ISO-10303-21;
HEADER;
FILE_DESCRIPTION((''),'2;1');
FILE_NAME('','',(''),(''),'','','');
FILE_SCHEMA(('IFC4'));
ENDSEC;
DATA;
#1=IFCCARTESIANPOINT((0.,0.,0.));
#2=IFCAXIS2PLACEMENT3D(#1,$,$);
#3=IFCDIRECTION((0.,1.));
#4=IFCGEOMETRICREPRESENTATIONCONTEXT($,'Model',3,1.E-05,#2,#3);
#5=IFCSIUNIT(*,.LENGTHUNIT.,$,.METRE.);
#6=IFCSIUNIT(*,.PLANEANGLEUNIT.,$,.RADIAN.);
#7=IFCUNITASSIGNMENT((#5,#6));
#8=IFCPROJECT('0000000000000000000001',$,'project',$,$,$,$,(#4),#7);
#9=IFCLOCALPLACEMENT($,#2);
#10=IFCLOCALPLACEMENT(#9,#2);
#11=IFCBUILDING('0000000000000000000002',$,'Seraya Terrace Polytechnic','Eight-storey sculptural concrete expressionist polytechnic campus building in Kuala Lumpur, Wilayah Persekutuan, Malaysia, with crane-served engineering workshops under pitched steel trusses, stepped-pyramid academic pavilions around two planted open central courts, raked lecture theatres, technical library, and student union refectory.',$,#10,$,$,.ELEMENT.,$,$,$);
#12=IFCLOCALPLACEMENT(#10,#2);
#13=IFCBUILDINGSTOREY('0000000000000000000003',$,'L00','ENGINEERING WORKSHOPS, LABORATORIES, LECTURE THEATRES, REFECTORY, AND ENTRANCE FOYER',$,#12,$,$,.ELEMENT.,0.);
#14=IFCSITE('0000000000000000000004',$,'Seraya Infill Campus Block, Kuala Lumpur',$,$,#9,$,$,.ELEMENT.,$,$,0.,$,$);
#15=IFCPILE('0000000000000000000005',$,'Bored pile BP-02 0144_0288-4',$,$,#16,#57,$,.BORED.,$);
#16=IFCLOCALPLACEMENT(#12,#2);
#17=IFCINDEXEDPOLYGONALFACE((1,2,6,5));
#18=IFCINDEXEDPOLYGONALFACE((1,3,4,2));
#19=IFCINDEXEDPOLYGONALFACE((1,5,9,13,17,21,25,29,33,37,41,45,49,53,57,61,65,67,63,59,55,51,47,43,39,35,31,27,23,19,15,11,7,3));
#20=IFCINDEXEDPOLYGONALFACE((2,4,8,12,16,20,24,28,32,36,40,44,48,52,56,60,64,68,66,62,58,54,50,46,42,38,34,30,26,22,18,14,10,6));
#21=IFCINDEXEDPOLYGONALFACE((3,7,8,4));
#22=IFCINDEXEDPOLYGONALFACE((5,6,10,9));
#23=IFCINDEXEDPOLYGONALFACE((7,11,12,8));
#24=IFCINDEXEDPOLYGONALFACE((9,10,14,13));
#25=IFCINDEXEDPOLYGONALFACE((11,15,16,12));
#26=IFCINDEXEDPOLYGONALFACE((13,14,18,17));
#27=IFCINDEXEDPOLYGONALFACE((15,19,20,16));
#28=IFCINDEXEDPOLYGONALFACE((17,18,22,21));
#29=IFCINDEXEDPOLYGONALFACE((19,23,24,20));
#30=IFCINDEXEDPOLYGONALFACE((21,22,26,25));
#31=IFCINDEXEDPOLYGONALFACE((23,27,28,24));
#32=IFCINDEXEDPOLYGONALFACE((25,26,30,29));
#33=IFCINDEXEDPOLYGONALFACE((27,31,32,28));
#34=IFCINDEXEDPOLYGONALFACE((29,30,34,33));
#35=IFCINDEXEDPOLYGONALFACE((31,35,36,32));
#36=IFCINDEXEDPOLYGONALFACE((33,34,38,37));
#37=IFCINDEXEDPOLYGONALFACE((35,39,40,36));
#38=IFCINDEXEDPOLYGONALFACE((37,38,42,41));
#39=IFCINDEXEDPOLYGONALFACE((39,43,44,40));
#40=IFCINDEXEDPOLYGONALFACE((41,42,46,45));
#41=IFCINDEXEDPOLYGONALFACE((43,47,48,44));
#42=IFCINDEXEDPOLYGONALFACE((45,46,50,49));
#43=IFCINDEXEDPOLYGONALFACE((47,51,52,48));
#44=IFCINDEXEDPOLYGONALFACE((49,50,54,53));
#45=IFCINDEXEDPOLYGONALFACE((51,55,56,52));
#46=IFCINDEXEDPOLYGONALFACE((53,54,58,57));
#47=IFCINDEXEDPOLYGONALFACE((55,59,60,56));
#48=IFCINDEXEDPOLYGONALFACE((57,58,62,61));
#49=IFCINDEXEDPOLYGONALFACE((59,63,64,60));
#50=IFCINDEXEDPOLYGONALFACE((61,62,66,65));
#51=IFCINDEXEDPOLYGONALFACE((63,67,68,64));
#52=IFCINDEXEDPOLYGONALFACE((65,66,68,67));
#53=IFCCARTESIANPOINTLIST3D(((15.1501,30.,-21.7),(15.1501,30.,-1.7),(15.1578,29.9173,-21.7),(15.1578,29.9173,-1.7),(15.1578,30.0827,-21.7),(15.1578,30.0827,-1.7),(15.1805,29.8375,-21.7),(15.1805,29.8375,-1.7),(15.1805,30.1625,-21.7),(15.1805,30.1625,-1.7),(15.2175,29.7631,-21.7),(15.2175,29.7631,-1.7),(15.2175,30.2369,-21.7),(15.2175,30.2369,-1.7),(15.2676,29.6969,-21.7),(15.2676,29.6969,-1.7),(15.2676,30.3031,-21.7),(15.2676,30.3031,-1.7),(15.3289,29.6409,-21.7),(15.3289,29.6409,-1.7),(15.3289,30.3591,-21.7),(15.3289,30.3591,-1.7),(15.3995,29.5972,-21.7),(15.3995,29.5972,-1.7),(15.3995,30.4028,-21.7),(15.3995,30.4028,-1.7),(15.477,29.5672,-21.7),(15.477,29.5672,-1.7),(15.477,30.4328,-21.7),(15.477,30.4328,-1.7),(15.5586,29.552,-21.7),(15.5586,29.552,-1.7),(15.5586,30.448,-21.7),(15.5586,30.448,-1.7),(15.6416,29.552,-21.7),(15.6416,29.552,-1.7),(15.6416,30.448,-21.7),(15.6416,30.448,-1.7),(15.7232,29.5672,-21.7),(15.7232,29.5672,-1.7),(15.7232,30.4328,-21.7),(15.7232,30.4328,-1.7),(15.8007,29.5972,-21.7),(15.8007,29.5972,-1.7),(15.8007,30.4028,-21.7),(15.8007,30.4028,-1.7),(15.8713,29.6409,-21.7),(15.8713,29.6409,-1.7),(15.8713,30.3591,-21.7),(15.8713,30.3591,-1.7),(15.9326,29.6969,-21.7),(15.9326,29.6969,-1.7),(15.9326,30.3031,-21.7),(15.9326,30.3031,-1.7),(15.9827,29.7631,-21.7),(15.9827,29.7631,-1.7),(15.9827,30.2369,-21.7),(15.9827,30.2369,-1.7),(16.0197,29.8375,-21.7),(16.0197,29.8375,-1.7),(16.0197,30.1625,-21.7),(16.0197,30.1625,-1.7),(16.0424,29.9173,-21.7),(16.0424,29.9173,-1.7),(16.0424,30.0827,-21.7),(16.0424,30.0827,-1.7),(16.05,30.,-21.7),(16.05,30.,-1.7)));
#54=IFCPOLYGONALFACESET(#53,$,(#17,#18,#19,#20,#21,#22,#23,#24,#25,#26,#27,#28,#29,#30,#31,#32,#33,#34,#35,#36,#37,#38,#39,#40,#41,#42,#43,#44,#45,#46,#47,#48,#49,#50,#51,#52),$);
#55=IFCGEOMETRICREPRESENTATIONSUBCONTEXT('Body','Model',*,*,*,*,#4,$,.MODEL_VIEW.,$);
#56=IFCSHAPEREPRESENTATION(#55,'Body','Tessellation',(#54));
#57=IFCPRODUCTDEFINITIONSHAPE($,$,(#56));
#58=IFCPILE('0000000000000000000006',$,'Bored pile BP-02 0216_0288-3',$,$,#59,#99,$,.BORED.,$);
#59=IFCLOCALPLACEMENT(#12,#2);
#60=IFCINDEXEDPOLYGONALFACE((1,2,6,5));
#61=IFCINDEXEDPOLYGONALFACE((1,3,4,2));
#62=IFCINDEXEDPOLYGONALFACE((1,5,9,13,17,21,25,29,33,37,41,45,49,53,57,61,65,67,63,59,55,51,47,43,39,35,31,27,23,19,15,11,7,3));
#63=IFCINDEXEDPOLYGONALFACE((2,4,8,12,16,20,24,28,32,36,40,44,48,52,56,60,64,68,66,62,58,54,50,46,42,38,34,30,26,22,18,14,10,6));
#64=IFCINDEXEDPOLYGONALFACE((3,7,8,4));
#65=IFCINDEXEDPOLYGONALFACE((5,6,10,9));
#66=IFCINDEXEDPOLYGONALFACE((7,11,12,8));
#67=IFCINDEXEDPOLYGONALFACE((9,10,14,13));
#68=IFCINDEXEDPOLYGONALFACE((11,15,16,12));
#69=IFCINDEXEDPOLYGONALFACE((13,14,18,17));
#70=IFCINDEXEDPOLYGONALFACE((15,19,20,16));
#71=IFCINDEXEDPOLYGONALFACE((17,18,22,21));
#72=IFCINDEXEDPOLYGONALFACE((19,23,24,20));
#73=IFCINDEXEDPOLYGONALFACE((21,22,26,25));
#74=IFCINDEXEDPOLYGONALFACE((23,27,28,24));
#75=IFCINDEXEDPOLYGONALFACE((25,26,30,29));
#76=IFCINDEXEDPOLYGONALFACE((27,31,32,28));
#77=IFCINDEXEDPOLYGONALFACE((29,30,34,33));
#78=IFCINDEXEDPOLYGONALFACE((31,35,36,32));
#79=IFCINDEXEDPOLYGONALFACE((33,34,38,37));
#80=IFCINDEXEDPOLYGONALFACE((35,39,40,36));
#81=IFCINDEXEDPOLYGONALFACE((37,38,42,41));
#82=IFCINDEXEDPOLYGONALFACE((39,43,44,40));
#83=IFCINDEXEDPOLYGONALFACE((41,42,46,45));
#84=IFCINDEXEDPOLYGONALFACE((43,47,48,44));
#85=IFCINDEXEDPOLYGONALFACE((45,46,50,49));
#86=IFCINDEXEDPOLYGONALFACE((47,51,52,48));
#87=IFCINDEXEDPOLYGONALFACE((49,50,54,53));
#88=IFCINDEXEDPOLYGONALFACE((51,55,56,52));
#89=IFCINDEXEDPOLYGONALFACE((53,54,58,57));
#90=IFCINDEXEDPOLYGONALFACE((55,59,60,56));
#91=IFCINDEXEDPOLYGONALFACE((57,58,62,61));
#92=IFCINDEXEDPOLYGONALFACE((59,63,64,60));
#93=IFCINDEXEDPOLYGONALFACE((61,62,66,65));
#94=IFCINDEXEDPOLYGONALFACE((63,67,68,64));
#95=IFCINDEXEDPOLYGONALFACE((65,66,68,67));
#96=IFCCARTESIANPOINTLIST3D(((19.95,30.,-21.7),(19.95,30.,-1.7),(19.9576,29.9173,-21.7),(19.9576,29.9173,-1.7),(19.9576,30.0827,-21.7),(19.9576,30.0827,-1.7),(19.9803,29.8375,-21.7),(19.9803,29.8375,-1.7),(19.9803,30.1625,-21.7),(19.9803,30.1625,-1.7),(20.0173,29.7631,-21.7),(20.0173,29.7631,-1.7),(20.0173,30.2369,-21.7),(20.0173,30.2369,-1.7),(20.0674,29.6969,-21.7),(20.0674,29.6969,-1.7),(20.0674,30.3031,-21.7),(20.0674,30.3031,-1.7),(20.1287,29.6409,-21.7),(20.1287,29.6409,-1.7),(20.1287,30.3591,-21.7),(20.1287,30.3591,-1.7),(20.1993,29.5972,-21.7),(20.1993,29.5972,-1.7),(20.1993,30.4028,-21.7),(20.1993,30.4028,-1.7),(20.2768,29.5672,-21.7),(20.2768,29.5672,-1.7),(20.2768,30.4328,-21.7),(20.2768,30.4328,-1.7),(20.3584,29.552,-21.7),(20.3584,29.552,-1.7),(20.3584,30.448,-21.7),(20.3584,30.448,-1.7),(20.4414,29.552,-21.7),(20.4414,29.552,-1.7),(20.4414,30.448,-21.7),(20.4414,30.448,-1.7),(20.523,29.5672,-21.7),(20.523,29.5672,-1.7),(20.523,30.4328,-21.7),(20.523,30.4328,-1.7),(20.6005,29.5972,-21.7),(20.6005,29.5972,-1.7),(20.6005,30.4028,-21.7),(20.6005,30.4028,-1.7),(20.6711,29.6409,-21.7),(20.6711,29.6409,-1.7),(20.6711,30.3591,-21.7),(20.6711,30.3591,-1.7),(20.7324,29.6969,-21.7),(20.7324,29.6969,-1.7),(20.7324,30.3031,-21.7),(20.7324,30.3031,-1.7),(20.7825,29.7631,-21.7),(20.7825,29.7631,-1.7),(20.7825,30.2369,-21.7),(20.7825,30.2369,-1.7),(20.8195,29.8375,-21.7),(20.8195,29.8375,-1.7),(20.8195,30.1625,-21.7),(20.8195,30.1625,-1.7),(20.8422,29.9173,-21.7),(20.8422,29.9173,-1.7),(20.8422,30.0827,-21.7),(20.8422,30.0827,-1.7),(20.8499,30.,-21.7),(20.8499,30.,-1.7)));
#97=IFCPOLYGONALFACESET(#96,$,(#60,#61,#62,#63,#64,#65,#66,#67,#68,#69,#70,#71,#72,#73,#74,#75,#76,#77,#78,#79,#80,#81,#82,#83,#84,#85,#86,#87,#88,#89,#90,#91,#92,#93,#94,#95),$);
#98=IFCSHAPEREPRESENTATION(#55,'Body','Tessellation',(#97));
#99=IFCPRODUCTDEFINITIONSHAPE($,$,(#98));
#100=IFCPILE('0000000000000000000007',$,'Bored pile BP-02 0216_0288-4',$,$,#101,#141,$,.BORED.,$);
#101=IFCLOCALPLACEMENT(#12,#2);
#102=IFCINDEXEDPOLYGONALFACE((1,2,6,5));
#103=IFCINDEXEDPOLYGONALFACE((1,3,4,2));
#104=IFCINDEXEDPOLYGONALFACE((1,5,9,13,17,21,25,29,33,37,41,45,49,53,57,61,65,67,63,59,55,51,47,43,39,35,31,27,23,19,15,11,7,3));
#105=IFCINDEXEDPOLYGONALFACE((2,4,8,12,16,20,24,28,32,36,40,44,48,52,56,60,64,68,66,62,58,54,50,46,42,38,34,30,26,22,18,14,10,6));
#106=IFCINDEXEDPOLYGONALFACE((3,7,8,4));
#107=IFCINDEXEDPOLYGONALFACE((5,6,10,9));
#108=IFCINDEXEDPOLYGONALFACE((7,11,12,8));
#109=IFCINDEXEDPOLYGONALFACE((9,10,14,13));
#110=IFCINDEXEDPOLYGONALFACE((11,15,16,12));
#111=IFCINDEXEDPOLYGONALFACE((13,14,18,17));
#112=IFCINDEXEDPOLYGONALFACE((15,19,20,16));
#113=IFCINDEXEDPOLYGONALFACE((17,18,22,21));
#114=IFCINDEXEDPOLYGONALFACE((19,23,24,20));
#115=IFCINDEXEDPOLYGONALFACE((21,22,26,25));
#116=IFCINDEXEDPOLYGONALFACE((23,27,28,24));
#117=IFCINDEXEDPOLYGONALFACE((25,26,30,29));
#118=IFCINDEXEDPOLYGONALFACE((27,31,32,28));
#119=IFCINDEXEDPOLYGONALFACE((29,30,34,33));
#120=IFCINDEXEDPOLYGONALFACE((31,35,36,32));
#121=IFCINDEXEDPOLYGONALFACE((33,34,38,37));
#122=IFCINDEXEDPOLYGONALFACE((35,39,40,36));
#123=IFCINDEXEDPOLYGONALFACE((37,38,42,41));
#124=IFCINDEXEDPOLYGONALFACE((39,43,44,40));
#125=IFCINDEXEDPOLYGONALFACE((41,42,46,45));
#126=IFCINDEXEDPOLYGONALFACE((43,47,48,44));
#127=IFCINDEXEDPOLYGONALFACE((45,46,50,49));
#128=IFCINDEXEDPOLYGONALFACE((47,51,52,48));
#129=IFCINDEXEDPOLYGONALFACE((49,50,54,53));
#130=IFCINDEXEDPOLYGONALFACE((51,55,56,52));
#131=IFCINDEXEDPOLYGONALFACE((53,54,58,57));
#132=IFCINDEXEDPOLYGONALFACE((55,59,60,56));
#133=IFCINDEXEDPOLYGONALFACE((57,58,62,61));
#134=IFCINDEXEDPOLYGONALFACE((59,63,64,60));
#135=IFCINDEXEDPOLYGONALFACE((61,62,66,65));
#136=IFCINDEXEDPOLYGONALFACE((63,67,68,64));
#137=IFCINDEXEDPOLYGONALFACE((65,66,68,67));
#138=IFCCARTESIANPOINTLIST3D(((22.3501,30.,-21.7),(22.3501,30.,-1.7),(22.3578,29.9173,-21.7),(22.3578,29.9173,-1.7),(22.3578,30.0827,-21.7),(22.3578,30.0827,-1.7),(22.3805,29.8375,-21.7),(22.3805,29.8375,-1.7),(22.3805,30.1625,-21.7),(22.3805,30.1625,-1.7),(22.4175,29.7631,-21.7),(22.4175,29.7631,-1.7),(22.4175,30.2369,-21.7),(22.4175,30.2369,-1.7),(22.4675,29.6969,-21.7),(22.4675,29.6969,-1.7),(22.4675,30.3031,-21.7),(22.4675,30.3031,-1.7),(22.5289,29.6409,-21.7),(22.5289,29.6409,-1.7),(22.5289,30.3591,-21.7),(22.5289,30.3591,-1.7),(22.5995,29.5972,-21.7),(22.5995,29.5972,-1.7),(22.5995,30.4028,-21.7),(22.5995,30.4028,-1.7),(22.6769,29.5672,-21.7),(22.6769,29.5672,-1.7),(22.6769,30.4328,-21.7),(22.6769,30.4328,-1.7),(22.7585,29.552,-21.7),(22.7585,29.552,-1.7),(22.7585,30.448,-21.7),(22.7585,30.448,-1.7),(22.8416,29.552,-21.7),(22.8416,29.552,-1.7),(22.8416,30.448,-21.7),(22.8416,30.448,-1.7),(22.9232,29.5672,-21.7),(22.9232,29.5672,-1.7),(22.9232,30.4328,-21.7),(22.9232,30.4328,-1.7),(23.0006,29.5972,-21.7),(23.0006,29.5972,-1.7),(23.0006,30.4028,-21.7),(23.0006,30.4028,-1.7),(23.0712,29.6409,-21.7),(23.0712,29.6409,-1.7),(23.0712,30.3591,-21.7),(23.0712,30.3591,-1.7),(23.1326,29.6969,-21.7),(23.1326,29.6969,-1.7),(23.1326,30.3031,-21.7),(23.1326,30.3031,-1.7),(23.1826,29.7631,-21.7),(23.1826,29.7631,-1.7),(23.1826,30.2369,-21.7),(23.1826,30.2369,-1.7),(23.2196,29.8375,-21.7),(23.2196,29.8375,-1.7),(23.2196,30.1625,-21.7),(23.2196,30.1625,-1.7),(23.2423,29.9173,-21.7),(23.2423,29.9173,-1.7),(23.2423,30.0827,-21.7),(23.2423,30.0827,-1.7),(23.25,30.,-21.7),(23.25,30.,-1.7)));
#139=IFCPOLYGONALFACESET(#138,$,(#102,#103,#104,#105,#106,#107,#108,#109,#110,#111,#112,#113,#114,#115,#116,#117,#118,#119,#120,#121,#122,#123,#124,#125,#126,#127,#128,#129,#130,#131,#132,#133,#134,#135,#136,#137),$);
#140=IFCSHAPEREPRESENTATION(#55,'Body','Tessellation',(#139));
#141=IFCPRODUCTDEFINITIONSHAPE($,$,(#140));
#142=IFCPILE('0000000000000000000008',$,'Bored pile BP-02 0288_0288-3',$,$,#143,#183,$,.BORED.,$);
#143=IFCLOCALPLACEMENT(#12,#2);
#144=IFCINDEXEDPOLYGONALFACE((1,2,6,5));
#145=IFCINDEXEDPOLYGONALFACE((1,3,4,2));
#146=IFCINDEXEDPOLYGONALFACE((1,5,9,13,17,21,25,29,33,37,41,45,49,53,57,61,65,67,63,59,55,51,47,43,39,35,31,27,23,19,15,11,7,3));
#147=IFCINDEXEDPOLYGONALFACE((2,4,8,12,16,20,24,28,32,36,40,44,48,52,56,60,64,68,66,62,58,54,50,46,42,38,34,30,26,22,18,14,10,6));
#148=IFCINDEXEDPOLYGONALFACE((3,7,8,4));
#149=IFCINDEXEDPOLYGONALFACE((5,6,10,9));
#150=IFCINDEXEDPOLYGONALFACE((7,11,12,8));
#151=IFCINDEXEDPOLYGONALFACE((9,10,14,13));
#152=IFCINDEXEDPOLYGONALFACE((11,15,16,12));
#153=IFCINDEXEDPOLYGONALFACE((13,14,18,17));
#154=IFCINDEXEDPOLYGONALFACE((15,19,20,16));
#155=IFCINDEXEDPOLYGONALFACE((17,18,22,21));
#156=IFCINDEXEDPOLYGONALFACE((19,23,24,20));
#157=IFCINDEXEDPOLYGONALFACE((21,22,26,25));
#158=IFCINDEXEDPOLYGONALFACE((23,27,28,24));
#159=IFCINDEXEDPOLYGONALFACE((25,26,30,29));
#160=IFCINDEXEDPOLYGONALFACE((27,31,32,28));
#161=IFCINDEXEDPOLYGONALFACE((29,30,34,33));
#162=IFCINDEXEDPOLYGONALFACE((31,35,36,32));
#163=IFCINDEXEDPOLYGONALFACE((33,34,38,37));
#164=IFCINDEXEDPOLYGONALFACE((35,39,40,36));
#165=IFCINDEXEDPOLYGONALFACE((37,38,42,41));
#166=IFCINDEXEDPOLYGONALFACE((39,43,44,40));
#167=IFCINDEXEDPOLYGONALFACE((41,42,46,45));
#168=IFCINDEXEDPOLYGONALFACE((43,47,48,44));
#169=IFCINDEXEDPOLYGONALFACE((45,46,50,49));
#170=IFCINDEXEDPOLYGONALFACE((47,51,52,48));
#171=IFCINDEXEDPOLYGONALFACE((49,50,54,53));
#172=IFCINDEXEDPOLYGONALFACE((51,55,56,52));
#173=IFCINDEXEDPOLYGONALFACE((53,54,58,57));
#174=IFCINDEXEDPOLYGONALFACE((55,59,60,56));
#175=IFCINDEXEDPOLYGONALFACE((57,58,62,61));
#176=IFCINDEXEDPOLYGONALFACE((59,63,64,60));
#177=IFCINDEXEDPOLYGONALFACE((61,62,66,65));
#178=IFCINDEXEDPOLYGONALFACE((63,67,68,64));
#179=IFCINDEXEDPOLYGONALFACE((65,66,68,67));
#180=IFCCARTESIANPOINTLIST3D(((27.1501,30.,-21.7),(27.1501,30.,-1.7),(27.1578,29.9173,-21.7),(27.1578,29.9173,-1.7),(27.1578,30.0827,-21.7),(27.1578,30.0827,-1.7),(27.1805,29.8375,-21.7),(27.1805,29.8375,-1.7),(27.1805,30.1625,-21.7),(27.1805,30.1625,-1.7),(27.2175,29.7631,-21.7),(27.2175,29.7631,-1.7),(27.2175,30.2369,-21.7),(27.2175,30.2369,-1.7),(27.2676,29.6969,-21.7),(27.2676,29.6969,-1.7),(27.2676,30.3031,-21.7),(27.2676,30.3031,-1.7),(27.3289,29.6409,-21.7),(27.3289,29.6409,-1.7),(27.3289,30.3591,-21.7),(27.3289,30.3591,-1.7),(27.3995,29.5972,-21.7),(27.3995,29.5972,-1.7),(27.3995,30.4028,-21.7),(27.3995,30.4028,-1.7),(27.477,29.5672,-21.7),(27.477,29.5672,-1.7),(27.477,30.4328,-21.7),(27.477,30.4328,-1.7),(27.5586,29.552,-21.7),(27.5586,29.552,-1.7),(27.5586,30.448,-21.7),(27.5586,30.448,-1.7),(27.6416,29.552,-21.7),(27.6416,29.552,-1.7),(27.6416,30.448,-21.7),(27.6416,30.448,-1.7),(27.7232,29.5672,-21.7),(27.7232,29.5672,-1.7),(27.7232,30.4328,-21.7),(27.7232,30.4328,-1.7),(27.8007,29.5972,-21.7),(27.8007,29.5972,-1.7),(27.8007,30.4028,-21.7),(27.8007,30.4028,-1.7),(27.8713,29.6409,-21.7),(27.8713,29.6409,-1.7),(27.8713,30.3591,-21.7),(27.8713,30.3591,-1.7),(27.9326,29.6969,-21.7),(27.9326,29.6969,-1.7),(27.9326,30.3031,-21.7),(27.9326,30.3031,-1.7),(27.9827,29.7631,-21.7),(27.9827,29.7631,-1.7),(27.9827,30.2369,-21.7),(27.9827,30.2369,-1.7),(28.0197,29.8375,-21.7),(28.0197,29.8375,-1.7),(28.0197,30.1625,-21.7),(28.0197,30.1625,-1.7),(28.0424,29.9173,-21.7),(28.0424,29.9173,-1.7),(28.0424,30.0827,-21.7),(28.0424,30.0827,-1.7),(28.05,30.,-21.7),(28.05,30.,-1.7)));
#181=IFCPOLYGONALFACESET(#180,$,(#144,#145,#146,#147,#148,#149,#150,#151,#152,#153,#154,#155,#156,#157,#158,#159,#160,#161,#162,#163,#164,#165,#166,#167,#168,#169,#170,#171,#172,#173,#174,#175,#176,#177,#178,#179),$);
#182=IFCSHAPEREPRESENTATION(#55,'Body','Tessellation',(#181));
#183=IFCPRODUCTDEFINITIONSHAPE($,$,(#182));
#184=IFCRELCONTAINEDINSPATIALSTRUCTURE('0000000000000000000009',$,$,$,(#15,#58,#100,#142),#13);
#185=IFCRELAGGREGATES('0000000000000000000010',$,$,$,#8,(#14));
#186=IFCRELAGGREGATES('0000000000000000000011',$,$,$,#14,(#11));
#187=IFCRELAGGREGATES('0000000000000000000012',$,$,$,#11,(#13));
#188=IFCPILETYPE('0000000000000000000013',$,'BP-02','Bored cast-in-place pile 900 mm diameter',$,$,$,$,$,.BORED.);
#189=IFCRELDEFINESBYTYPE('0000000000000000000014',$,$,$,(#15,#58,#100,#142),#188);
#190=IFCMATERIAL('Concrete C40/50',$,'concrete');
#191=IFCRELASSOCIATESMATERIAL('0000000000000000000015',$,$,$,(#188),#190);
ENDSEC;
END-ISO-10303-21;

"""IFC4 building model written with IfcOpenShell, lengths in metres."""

from ifc_helpers import new_model, si_unit, direction, frame, origin, origin_2d, place, context, subcontext, project, spatial, circle, extrude, material, material_profile, profile_set, type_object, element, save


model = new_model("IFC4")

# Units and contexts
model_context = context("Model", 3, precision=1e-05, world=origin(), true_north=direction((0.0, 1.0)))
body_context = subcontext(model_context, "Body", "Model", "MODEL_VIEW")
ifc_project = project(units=[si_unit("LENGTHUNIT", "METRE"), si_unit("PLANEANGLEUNIT", "RADIAN")], contexts=[model_context])

# Site, building, storey
site_placement = place(None, origin())
site = spatial("IfcSite", under=ifc_project, at=site_placement, Name="Seraya Infill Campus Block, Kuala Lumpur", CompositionType="ELEMENT", RefElevation=0.0)
building_placement = place(site_placement, origin())
building = spatial("IfcBuilding", under=site, at=building_placement, Name="Seraya Terrace Polytechnic", Description="Eight-storey sculptural concrete expressionist polytechnic campus building in Kuala Lumpur, Wilayah Persekutuan, Malaysia, with crane-served engineering workshops under pitched steel trusses, stepped-pyramid academic pavilions around two planted open central courts, raked lecture theatres, technical library, and student union refectory.", CompositionType="ELEMENT")
storey_placement = place(building_placement, origin())
storey = spatial("IfcBuildingStorey", under=building, at=storey_placement, Name="L00", Description="ENGINEERING WORKSHOPS, LABORATORIES, LECTURE THEATRES, REFECTORY, AND ENTRANCE FOYER", CompositionType="ELEMENT", Elevation=0.0)

# Piles
ifc_material_1 = material(Name="Concrete C40/50", Category="concrete")
ifc_material_profile_1 = material_profile(ifc_material_1, circle(Radius=0.45, at=origin_2d()), Name="DIA 900")
ifc_profile_set_1 = profile_set([ifc_material_profile_1], Name="Concrete C40/50")
pile_type_1 = type_object("IfcPileType", Name="BP-02", Description="Bored cast-in-place pile 900 mm diameter", PredefinedType="BORED", material=ifc_profile_set_1)
for number, where, z_axis, x_axis, name in (
    (1, (15.6001, 30.0, -1.7), (0.0, 0.0, -1.0), (1.0, 0.0, 0.0), "Bored pile BP-02 0144_0288-4"),
    (2, (20.3999, 30.0, -1.7), (0.0, 0.0, -1.0), (1.0, 0.0, 0.0), "Bored pile BP-02 0216_0288-3"),
    (3, (22.8, 30.0, -1.7), (0.0, 0.0, -1.0), (1.0, 0.0, 0.0), "Bored pile BP-02 0216_0288-4"),
    (4, (27.6001, 30.0, -1.7), (0.0, 0.0, -1.0), (1.0, 0.0, 0.0), "Bored pile BP-02 0288_0288-3"),
):
    element("IfcPile", number, at=place(storey_placement, frame(where, z_axis=z_axis, x_axis=x_axis)), inside=storey, type_object=pile_type_1, Name=name, PredefinedType="BORED", context=body_context, shape_type="SweptSolid", body=[
        extrude(circle(Radius=0.45, at=origin_2d()), origin(), (0.0, 0.0, 1.0), 20.0),
    ])

save(model, "model.ifc")
